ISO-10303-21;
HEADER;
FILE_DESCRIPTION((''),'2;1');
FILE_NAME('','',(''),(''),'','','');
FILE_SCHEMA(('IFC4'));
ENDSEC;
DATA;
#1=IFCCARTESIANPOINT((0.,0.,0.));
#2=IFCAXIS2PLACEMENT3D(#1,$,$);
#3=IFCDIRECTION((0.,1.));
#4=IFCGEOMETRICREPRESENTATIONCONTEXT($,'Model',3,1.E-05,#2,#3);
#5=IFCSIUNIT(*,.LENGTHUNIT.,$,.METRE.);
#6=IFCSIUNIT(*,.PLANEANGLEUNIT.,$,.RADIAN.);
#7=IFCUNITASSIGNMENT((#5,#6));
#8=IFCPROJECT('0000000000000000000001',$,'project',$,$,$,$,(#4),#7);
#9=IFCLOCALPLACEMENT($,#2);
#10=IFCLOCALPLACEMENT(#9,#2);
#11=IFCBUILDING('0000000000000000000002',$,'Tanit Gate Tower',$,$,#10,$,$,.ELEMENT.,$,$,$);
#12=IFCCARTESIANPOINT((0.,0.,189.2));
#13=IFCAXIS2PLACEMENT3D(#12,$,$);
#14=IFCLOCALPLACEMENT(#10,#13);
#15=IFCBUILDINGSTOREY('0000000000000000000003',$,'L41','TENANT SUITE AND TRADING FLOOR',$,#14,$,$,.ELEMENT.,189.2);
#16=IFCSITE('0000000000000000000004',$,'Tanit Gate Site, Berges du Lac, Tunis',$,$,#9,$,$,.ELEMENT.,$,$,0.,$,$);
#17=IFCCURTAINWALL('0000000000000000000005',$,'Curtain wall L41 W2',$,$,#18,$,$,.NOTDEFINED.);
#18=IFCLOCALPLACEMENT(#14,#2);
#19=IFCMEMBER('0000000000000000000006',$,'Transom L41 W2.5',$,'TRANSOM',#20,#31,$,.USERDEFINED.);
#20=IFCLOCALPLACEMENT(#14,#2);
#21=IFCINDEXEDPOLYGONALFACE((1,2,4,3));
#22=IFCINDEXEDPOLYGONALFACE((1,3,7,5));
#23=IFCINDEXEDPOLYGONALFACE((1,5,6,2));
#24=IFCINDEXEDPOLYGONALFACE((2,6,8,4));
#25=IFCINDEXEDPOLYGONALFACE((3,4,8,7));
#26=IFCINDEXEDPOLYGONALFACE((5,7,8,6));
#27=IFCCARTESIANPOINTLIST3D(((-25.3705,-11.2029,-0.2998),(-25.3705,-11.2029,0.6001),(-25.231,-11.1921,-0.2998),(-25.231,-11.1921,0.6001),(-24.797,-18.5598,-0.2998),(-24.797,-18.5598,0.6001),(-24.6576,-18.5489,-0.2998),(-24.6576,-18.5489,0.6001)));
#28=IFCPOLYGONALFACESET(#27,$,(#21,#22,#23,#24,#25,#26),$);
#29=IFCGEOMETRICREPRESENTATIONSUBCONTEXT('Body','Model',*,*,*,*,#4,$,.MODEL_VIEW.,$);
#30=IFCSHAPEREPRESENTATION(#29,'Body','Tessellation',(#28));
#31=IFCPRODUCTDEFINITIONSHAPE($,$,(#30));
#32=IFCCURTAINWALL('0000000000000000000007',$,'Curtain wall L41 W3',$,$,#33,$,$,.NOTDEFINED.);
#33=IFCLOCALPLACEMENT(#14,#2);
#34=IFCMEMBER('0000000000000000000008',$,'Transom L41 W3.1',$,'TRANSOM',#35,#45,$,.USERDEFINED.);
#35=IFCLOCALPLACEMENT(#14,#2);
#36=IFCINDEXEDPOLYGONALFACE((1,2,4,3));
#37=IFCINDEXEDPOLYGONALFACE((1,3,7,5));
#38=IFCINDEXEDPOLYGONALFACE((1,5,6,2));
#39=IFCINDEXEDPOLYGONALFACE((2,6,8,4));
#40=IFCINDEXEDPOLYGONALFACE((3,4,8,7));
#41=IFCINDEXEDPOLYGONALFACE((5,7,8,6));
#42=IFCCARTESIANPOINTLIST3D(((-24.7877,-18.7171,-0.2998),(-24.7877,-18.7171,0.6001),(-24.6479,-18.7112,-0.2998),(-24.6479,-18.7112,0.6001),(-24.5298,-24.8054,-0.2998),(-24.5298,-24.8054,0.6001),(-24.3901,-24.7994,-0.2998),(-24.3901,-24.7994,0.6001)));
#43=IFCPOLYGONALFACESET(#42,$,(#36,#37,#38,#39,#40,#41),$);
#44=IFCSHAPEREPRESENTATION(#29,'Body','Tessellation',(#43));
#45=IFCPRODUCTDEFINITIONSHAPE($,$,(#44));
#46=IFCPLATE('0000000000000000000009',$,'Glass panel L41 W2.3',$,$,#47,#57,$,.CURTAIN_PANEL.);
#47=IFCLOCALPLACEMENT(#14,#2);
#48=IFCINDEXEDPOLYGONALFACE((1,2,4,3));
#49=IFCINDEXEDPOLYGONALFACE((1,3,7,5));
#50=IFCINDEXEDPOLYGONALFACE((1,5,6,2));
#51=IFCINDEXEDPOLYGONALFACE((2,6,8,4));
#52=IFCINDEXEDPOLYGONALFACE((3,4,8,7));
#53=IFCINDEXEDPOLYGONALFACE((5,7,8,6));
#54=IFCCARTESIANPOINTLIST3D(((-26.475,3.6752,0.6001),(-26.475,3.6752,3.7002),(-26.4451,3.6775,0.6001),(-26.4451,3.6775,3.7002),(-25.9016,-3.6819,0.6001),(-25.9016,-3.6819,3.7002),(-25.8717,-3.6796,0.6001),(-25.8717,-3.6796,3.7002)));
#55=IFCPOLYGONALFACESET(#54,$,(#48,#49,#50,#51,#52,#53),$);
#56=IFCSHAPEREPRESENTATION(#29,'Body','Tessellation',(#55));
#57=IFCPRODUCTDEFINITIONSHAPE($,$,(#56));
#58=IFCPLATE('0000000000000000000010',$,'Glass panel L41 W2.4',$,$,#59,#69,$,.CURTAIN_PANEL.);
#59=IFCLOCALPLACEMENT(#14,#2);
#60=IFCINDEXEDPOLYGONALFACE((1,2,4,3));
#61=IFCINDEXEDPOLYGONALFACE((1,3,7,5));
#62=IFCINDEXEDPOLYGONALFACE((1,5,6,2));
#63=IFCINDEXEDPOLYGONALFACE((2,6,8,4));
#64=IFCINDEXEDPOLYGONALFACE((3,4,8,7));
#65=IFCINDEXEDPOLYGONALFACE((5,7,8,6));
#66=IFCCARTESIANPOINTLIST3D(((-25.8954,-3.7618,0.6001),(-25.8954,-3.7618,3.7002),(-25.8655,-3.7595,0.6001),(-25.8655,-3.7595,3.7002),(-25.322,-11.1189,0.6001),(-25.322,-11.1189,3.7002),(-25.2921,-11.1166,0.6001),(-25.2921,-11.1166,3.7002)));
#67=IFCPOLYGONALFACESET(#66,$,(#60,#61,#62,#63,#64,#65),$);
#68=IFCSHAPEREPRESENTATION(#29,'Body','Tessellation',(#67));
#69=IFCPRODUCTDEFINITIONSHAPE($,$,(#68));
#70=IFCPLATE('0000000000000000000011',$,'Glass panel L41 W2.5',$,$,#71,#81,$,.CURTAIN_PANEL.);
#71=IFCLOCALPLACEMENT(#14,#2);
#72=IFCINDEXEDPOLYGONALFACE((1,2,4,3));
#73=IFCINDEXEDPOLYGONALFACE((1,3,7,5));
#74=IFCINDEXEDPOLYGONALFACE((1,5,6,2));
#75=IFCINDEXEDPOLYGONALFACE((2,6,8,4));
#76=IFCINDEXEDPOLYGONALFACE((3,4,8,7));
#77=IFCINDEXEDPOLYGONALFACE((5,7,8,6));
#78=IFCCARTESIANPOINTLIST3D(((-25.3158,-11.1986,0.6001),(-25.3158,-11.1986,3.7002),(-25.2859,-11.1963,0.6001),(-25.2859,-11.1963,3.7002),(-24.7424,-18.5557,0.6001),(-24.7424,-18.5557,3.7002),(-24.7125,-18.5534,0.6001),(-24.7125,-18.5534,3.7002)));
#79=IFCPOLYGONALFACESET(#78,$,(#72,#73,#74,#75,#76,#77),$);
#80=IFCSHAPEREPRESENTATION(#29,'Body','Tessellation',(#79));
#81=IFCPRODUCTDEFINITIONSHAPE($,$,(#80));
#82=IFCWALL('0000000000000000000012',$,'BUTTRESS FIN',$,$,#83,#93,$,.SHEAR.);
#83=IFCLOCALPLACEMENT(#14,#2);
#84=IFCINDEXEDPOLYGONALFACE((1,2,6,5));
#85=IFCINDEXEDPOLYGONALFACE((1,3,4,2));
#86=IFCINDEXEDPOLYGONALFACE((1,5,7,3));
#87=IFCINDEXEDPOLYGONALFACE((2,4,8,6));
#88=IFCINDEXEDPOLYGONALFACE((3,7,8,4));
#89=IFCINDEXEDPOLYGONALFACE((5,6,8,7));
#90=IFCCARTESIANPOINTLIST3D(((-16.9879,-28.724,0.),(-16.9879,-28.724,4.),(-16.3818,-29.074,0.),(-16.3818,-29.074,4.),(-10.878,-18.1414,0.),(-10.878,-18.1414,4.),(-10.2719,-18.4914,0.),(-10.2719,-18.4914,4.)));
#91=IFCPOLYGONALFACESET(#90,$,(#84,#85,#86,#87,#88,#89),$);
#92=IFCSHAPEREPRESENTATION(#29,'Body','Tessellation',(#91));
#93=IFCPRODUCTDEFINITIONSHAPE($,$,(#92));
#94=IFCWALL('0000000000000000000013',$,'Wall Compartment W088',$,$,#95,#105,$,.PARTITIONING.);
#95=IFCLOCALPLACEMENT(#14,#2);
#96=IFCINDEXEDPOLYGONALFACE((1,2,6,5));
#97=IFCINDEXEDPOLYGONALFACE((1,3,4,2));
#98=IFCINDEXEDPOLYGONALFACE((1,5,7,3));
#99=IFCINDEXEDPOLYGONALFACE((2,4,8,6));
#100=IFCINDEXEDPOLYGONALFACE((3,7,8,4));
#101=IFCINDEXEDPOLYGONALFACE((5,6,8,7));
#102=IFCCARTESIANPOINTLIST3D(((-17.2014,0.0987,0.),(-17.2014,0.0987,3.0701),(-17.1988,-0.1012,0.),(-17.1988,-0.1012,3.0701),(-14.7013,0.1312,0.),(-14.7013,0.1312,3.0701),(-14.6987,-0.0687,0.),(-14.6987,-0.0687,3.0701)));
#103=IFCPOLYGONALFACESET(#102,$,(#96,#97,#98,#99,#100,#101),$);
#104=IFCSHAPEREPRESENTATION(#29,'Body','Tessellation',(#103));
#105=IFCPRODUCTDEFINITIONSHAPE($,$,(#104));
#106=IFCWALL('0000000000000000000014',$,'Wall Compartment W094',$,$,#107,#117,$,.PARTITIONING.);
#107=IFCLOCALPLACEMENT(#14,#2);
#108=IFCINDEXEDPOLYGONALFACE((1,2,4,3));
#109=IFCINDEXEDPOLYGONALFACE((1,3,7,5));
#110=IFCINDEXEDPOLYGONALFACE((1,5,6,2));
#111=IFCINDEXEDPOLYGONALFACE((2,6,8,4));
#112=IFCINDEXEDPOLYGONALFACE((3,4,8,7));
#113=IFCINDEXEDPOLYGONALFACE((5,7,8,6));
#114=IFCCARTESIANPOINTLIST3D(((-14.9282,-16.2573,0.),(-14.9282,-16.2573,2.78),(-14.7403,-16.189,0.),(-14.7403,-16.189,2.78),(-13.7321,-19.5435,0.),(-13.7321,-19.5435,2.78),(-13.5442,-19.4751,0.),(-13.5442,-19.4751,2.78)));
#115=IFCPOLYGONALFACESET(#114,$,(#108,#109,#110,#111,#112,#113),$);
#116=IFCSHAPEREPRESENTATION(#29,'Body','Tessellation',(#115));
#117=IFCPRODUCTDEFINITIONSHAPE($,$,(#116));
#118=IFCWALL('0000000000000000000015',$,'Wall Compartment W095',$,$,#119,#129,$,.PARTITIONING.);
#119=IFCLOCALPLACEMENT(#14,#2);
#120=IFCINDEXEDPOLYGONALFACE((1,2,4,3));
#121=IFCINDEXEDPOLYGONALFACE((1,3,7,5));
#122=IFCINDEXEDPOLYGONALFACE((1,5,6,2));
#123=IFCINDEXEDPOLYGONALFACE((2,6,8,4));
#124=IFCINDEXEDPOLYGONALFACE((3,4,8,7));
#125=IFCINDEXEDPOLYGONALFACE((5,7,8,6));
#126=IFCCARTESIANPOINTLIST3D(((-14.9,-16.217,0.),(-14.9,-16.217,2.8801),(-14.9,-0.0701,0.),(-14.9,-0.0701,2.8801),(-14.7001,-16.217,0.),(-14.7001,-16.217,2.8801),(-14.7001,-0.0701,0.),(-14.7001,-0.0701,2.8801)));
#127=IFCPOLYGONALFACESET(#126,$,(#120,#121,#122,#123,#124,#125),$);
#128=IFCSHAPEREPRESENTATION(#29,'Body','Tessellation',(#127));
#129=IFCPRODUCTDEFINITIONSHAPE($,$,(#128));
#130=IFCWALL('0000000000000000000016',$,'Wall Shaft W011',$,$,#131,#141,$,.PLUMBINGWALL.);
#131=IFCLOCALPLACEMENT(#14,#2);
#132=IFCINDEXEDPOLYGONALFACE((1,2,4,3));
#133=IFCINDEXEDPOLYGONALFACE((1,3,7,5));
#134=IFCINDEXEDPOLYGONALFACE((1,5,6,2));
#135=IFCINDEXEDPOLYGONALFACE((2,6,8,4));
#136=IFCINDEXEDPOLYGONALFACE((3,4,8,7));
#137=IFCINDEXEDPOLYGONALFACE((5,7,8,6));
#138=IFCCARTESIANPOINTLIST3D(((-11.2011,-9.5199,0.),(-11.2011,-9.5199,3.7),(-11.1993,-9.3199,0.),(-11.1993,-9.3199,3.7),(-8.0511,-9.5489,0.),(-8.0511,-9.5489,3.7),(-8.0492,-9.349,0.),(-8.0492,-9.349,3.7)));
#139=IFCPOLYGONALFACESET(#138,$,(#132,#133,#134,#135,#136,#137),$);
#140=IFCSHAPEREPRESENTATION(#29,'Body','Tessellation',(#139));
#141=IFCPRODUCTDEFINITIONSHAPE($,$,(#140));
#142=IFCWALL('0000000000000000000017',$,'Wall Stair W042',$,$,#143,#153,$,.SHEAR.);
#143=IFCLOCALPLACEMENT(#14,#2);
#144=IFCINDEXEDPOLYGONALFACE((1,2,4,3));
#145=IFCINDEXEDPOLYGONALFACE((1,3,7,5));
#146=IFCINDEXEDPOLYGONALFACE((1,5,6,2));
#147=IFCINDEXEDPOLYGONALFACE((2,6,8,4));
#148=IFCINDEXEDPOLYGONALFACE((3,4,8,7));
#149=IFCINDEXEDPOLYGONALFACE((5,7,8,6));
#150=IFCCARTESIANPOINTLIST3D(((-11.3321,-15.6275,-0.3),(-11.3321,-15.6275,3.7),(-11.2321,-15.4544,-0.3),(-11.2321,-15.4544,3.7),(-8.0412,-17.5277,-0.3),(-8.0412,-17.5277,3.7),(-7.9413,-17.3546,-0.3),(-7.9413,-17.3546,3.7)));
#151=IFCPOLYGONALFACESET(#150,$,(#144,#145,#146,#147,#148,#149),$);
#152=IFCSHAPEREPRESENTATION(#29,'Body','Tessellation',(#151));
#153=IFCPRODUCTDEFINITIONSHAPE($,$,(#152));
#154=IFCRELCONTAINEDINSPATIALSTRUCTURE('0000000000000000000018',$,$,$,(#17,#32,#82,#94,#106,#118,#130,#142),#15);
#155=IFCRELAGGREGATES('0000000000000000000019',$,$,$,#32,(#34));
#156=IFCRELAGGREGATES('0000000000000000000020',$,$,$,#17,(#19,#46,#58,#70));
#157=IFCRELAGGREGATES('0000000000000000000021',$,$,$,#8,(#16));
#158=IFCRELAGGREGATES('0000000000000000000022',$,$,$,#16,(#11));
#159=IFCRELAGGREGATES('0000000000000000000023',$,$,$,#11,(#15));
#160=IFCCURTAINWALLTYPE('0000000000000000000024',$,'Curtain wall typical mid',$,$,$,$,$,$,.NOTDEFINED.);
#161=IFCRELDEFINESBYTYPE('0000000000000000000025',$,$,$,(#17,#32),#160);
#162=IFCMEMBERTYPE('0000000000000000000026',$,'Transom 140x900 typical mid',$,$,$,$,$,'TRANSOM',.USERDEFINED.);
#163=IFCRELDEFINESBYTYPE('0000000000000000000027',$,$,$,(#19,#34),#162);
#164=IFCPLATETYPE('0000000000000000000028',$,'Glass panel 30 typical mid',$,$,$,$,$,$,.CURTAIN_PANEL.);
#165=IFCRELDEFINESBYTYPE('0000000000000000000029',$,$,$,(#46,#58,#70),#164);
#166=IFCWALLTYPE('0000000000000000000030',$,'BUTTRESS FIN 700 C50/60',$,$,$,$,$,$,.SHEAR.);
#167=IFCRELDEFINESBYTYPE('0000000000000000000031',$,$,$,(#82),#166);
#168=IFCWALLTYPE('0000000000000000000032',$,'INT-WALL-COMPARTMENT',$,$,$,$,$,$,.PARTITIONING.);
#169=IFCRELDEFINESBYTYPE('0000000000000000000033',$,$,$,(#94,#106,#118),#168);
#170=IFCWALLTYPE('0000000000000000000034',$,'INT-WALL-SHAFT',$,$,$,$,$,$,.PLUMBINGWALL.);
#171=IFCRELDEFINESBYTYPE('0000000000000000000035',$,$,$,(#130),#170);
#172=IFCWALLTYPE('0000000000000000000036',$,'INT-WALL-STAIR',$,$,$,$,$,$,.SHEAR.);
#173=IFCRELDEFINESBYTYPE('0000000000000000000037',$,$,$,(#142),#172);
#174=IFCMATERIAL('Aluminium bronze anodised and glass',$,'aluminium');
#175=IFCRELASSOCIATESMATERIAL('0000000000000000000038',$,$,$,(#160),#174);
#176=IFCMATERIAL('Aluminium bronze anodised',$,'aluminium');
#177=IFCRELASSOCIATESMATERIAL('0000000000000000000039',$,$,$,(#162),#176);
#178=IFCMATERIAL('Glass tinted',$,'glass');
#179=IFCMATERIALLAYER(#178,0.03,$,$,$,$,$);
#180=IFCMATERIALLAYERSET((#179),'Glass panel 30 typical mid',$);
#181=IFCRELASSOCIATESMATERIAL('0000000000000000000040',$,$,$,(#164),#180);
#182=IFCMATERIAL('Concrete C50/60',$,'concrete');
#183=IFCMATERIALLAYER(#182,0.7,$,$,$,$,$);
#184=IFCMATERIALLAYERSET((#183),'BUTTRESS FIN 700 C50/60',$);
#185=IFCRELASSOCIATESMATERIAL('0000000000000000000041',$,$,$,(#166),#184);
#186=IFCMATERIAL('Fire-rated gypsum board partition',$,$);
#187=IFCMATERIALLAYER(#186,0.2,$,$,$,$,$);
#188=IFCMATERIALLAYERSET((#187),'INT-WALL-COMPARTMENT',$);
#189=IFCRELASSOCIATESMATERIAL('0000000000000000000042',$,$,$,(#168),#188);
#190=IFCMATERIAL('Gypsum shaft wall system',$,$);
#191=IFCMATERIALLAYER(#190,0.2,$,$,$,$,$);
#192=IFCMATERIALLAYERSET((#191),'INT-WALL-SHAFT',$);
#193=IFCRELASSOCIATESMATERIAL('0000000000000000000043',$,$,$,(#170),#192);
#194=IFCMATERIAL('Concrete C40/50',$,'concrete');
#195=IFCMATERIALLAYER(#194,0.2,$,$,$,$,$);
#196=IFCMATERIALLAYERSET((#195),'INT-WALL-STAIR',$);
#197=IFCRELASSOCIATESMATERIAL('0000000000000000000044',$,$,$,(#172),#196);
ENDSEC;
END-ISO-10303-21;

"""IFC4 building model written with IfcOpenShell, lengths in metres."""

from ifc_helpers import new_model, si_unit, direction, frame, frame_2d, origin, origin_2d, place, context, subcontext, project, spatial, rectangle, extrude, material, layer, layer_set, material_profile, profile_set, type_object, element, aggregate, save


model = new_model("IFC4")

# Units and contexts
model_context = context("Model", 3, precision=1e-05, world=origin(), true_north=direction((0.0, 1.0)))
body_context = subcontext(model_context, "Body", "Model", "MODEL_VIEW")
ifc_project = project(units=[si_unit("LENGTHUNIT", "METRE"), si_unit("PLANEANGLEUNIT", "RADIAN")], contexts=[model_context])

# Site, building, storey
site_placement = place(None, origin())
site = spatial("IfcSite", under=ifc_project, at=site_placement, Name="Tanit Gate Site, Berges du Lac, Tunis", CompositionType="ELEMENT", RefElevation=0.0)
building_placement = place(site_placement, origin())
building = spatial("IfcBuilding", under=site, at=building_placement, Name="Tanit Gate Tower", CompositionType="ELEMENT")
storey_placement = place(building_placement, frame((0.0, 0.0, 189.2)))
storey = spatial("IfcBuildingStorey", under=building, at=storey_placement, Name="L41", Description="TENANT SUITE AND TRADING FLOOR", CompositionType="ELEMENT", Elevation=189.2)

# Curtain wall
ifc_material_1 = material(Name="Aluminium bronze anodised and glass", Category="aluminium")
curtain_wall_type = type_object("IfcCurtainWallType", Name="Curtain wall typical mid", PredefinedType="NOTDEFINED", material=ifc_material_1)
curtain_wall_1_placement = place(storey_placement, origin())
curtain_wall_1 = element("IfcCurtainWall", 1, at=curtain_wall_1_placement, inside=storey, type_object=curtain_wall_type, Name="Curtain wall L41 W2", PredefinedType="NOTDEFINED")

# Member
ifc_material_2 = material(Name="Aluminium bronze anodised", Category="aluminium")
ifc_material_profile_1 = material_profile(ifc_material_2, rectangle(XDim=0.1399, YDim=0.8999, at=origin_2d()), Name="140x900 bronze transom")
ifc_profile_set_1 = profile_set([ifc_material_profile_1], Name="Aluminium bronze anodised")
member_type_1 = type_object("IfcMemberType", Name="Transom 140x900 typical mid", ElementType="TRANSOM", PredefinedType="USERDEFINED", material=ifc_profile_set_1)
member_1_placement = place(storey_placement, frame((-25.3008, -11.1975, 0.1501), z_axis=(0.077716, -0.996976, 0.0), x_axis=(0.996976, 0.077716, 0.0)))
member_1 = element("IfcMember", 2, at=member_1_placement, type_object=member_type_1, Name="Transom L41 W2.5", ObjectType="TRANSOM", PredefinedType="USERDEFINED", context=body_context, shape_type="SweptSolid", body=[
    extrude(rectangle(XDim=0.1399, YDim=0.8999, at=origin_2d()), origin(), (0.0, 0.0, 1.0), 7.3792),
])

# Curtain wall, member
curtain_wall_2_placement = place(storey_placement, origin())
curtain_wall_2 = element("IfcCurtainWall", 3, at=curtain_wall_2_placement, inside=storey, type_object=curtain_wall_type, Name="Curtain wall L41 W3", PredefinedType="NOTDEFINED")
member_2_placement = place(storey_placement, frame((-24.7178, -18.7141, 0.1501), z_axis=(0.042307, -0.999105, 0.0), x_axis=(0.999105, 0.042307, 0.0)))
member_2 = element("IfcMember", 4, at=member_2_placement, type_object=member_type_1, Name="Transom L41 W3.1", ObjectType="TRANSOM", PredefinedType="USERDEFINED", context=body_context, shape_type="SweptSolid", body=[
    extrude(rectangle(XDim=0.1399, YDim=0.8999, at=origin_2d()), origin(), (0.0, 0.0, 1.0), 6.0938),
])
aggregate(curtain_wall_2, [member_2])

# Plates
ifc_material_3 = material(Name="Glass tinted", Category="glass")
ifc_layer_1 = layer(ifc_material_3, 0.03)
ifc_layer_set_1 = layer_set([ifc_layer_1], Name="Glass panel 30 typical mid")
plate_type = type_object("IfcPlateType", Name="Glass panel 30 typical mid", PredefinedType="CURTAIN_PANEL", material=ifc_layer_set_1)
plate_1_placement = place(storey_placement, frame((-26.1733, -0.0022, 0.6001), z_axis=(0.0, 0.0, 1.0), x_axis=(0.077701, -0.996977, 0.0)))
plate_1 = element("IfcPlate", 5, at=plate_1_placement, type_object=plate_type, Name="Glass panel L41 W2.3", PredefinedType="CURTAIN_PANEL", context=body_context, shape_type="SweptSolid", body=[
    extrude(rectangle(XDim=7.3794, YDim=0.03, at=origin_2d()), origin(), (0.0, 0.0, 1.0), 3.1001),
])
plate_2_placement = place(storey_placement, frame((-25.5938, -7.4392, 0.6001), z_axis=(0.0, 0.0, 1.0), x_axis=(0.077701, -0.996977, 0.0)))
plate_2 = element("IfcPlate", 6, at=plate_2_placement, type_object=plate_type, Name="Glass panel L41 W2.4", PredefinedType="CURTAIN_PANEL", context=body_context, shape_type="SweptSolid", body=[
    extrude(rectangle(XDim=7.3794, YDim=0.03, at=origin_2d()), origin(), (0.0, 0.0, 1.0), 3.1001),
])
plate_3_placement = place(storey_placement, frame((-25.0142, -14.876, 0.6001), z_axis=(0.0, 0.0, 1.0), x_axis=(0.077701, -0.996977, 0.0)))
plate_3 = element("IfcPlate", 7, at=plate_3_placement, type_object=plate_type, Name="Glass panel L41 W2.5", PredefinedType="CURTAIN_PANEL", context=body_context, shape_type="SweptSolid", body=[
    extrude(rectangle(XDim=7.3794, YDim=0.03, at=origin_2d()), origin(), (0.0, 0.0, 1.0), 3.1001),
])
aggregate(curtain_wall_1, [member_1, plate_1, plate_2, plate_3])

# Walls
ifc_material_4 = material(Name="Concrete C50/60", Category="concrete")
ifc_layer_2 = layer(ifc_material_4, 0.7)
ifc_layer_set_2 = layer_set([ifc_layer_2], Name="BUTTRESS FIN 700 C50/60")
wall_type_1 = type_object("IfcWallType", Name="BUTTRESS FIN 700 C50/60", PredefinedType="SHEAR", material=ifc_layer_set_2)
wall_1_placement = place(storey_placement, frame((-10.575, -18.3164, 0.0), z_axis=(0.0, 0.0, 1.0), x_axis=(-0.500003, -0.866024, 0.0)))
element("IfcWall", 8, at=wall_1_placement, inside=storey, type_object=wall_type_1, Name="BUTTRESS FIN", PredefinedType="SHEAR", context=body_context, shape_type="SweptSolid", body=[
    extrude(rectangle(XDim=12.2197, YDim=0.7, at=frame_2d((6.1099, 0.0))), origin(), (0.0, 0.0, 1.0), 4.0),
])
ifc_material_5 = material(Name="Fire-rated gypsum board partition")
ifc_layer_3 = layer(ifc_material_5, 0.2)
ifc_layer_set_3 = layer_set([ifc_layer_3], Name="INT-WALL-COMPARTMENT")
wall_type_2 = type_object("IfcWallType", Name="INT-WALL-COMPARTMENT", PredefinedType="PARTITIONING", material=ifc_layer_set_3)
wall_2_placement = place(storey_placement, frame((-17.2, -0.0012, 0.0), z_axis=(0.0, 0.0, 1.0), x_axis=(0.999916, 0.012987, 0.0)))
element("IfcWall", 9, at=wall_2_placement, inside=storey, type_object=wall_type_2, Name="Wall Compartment W088", PredefinedType="PARTITIONING", context=body_context, shape_type="SweptSolid", body=[
    extrude(rectangle(XDim=2.5002, YDim=0.2, at=frame_2d((1.25, 0.0))), origin(), (0.0, 0.0, 1.0), 3.0701),
])
wall_3_placement = place(storey_placement, frame((-14.8342, -16.2231, 0.0), z_axis=(0.0, 0.0, 1.0), x_axis=(0.342018, -0.939694, 0.0)))
element("IfcWall", 10, at=wall_3_placement, inside=storey, type_object=wall_type_2, Name="Wall Compartment W094", PredefinedType="PARTITIONING", context=body_context, shape_type="SweptSolid", body=[
    extrude(rectangle(XDim=3.4971, YDim=0.2, at=frame_2d((1.7485, 0.0))), origin(), (0.0, 0.0, 1.0), 2.78),
])
wall_4_placement = place(storey_placement, frame((-14.8, -0.0701, 0.0), z_axis=(0.0, 0.0, 1.0), x_axis=(0.0, -1.0, 0.0)))
element("IfcWall", 11, at=wall_4_placement, inside=storey, type_object=wall_type_2, Name="Wall Compartment W095", PredefinedType="PARTITIONING", context=body_context, shape_type="SweptSolid", body=[
    extrude(rectangle(XDim=16.147, YDim=0.2, at=frame_2d((8.0735, 0.0))), origin(), (0.0, 0.0, 1.0), 2.8801),
])
ifc_material_6 = material(Name="Gypsum shaft wall system")
ifc_layer_4 = layer(ifc_material_6, 0.2)
ifc_layer_set_4 = layer_set([ifc_layer_4], Name="INT-WALL-SHAFT")
wall_type_3 = type_object("IfcWallType", Name="INT-WALL-SHAFT", PredefinedType="PLUMBINGWALL", material=ifc_layer_set_4)
wall_5_placement = place(storey_placement, frame((-8.05, -9.449, 0.0), z_axis=(0.0, 0.0, 1.0), x_axis=(-0.999957, 0.009223, 0.0)))
element("IfcWall", 12, at=wall_5_placement, inside=storey, type_object=wall_type_3, Name="Wall Shaft W011", PredefinedType="PLUMBINGWALL", context=body_context, shape_type="SweptSolid", body=[
    extrude(rectangle(XDim=3.1501, YDim=0.2, at=frame_2d((1.5752, 0.0))), origin(), (0.0, 0.0, 1.0), 3.7),
])
ifc_material_7 = material(Name="Concrete C40/50", Category="concrete")
ifc_layer_5 = layer(ifc_material_7, 0.2)
ifc_layer_set_5 = layer_set([ifc_layer_5], Name="INT-WALL-STAIR")
wall_type_4 = type_object("IfcWallType", Name="INT-WALL-STAIR", PredefinedType="SHEAR", material=ifc_layer_set_5)
wall_6_placement = place(storey_placement, frame((-11.282, -15.541, -0.3), z_axis=(0.0, 0.0, 1.0), x_axis=(0.866, -0.500043, 0.0)))
element("IfcWall", 13, at=wall_6_placement, inside=storey, type_object=wall_type_4, Name="Wall Stair W042", PredefinedType="SHEAR", context=body_context, shape_type="SweptSolid", body=[
    extrude(rectangle(XDim=3.8, YDim=0.2, at=frame_2d((1.8999, 0.0))), origin(), (0.0, 0.0, 1.0), 4.0),
])

save(model, "model.ifc")
